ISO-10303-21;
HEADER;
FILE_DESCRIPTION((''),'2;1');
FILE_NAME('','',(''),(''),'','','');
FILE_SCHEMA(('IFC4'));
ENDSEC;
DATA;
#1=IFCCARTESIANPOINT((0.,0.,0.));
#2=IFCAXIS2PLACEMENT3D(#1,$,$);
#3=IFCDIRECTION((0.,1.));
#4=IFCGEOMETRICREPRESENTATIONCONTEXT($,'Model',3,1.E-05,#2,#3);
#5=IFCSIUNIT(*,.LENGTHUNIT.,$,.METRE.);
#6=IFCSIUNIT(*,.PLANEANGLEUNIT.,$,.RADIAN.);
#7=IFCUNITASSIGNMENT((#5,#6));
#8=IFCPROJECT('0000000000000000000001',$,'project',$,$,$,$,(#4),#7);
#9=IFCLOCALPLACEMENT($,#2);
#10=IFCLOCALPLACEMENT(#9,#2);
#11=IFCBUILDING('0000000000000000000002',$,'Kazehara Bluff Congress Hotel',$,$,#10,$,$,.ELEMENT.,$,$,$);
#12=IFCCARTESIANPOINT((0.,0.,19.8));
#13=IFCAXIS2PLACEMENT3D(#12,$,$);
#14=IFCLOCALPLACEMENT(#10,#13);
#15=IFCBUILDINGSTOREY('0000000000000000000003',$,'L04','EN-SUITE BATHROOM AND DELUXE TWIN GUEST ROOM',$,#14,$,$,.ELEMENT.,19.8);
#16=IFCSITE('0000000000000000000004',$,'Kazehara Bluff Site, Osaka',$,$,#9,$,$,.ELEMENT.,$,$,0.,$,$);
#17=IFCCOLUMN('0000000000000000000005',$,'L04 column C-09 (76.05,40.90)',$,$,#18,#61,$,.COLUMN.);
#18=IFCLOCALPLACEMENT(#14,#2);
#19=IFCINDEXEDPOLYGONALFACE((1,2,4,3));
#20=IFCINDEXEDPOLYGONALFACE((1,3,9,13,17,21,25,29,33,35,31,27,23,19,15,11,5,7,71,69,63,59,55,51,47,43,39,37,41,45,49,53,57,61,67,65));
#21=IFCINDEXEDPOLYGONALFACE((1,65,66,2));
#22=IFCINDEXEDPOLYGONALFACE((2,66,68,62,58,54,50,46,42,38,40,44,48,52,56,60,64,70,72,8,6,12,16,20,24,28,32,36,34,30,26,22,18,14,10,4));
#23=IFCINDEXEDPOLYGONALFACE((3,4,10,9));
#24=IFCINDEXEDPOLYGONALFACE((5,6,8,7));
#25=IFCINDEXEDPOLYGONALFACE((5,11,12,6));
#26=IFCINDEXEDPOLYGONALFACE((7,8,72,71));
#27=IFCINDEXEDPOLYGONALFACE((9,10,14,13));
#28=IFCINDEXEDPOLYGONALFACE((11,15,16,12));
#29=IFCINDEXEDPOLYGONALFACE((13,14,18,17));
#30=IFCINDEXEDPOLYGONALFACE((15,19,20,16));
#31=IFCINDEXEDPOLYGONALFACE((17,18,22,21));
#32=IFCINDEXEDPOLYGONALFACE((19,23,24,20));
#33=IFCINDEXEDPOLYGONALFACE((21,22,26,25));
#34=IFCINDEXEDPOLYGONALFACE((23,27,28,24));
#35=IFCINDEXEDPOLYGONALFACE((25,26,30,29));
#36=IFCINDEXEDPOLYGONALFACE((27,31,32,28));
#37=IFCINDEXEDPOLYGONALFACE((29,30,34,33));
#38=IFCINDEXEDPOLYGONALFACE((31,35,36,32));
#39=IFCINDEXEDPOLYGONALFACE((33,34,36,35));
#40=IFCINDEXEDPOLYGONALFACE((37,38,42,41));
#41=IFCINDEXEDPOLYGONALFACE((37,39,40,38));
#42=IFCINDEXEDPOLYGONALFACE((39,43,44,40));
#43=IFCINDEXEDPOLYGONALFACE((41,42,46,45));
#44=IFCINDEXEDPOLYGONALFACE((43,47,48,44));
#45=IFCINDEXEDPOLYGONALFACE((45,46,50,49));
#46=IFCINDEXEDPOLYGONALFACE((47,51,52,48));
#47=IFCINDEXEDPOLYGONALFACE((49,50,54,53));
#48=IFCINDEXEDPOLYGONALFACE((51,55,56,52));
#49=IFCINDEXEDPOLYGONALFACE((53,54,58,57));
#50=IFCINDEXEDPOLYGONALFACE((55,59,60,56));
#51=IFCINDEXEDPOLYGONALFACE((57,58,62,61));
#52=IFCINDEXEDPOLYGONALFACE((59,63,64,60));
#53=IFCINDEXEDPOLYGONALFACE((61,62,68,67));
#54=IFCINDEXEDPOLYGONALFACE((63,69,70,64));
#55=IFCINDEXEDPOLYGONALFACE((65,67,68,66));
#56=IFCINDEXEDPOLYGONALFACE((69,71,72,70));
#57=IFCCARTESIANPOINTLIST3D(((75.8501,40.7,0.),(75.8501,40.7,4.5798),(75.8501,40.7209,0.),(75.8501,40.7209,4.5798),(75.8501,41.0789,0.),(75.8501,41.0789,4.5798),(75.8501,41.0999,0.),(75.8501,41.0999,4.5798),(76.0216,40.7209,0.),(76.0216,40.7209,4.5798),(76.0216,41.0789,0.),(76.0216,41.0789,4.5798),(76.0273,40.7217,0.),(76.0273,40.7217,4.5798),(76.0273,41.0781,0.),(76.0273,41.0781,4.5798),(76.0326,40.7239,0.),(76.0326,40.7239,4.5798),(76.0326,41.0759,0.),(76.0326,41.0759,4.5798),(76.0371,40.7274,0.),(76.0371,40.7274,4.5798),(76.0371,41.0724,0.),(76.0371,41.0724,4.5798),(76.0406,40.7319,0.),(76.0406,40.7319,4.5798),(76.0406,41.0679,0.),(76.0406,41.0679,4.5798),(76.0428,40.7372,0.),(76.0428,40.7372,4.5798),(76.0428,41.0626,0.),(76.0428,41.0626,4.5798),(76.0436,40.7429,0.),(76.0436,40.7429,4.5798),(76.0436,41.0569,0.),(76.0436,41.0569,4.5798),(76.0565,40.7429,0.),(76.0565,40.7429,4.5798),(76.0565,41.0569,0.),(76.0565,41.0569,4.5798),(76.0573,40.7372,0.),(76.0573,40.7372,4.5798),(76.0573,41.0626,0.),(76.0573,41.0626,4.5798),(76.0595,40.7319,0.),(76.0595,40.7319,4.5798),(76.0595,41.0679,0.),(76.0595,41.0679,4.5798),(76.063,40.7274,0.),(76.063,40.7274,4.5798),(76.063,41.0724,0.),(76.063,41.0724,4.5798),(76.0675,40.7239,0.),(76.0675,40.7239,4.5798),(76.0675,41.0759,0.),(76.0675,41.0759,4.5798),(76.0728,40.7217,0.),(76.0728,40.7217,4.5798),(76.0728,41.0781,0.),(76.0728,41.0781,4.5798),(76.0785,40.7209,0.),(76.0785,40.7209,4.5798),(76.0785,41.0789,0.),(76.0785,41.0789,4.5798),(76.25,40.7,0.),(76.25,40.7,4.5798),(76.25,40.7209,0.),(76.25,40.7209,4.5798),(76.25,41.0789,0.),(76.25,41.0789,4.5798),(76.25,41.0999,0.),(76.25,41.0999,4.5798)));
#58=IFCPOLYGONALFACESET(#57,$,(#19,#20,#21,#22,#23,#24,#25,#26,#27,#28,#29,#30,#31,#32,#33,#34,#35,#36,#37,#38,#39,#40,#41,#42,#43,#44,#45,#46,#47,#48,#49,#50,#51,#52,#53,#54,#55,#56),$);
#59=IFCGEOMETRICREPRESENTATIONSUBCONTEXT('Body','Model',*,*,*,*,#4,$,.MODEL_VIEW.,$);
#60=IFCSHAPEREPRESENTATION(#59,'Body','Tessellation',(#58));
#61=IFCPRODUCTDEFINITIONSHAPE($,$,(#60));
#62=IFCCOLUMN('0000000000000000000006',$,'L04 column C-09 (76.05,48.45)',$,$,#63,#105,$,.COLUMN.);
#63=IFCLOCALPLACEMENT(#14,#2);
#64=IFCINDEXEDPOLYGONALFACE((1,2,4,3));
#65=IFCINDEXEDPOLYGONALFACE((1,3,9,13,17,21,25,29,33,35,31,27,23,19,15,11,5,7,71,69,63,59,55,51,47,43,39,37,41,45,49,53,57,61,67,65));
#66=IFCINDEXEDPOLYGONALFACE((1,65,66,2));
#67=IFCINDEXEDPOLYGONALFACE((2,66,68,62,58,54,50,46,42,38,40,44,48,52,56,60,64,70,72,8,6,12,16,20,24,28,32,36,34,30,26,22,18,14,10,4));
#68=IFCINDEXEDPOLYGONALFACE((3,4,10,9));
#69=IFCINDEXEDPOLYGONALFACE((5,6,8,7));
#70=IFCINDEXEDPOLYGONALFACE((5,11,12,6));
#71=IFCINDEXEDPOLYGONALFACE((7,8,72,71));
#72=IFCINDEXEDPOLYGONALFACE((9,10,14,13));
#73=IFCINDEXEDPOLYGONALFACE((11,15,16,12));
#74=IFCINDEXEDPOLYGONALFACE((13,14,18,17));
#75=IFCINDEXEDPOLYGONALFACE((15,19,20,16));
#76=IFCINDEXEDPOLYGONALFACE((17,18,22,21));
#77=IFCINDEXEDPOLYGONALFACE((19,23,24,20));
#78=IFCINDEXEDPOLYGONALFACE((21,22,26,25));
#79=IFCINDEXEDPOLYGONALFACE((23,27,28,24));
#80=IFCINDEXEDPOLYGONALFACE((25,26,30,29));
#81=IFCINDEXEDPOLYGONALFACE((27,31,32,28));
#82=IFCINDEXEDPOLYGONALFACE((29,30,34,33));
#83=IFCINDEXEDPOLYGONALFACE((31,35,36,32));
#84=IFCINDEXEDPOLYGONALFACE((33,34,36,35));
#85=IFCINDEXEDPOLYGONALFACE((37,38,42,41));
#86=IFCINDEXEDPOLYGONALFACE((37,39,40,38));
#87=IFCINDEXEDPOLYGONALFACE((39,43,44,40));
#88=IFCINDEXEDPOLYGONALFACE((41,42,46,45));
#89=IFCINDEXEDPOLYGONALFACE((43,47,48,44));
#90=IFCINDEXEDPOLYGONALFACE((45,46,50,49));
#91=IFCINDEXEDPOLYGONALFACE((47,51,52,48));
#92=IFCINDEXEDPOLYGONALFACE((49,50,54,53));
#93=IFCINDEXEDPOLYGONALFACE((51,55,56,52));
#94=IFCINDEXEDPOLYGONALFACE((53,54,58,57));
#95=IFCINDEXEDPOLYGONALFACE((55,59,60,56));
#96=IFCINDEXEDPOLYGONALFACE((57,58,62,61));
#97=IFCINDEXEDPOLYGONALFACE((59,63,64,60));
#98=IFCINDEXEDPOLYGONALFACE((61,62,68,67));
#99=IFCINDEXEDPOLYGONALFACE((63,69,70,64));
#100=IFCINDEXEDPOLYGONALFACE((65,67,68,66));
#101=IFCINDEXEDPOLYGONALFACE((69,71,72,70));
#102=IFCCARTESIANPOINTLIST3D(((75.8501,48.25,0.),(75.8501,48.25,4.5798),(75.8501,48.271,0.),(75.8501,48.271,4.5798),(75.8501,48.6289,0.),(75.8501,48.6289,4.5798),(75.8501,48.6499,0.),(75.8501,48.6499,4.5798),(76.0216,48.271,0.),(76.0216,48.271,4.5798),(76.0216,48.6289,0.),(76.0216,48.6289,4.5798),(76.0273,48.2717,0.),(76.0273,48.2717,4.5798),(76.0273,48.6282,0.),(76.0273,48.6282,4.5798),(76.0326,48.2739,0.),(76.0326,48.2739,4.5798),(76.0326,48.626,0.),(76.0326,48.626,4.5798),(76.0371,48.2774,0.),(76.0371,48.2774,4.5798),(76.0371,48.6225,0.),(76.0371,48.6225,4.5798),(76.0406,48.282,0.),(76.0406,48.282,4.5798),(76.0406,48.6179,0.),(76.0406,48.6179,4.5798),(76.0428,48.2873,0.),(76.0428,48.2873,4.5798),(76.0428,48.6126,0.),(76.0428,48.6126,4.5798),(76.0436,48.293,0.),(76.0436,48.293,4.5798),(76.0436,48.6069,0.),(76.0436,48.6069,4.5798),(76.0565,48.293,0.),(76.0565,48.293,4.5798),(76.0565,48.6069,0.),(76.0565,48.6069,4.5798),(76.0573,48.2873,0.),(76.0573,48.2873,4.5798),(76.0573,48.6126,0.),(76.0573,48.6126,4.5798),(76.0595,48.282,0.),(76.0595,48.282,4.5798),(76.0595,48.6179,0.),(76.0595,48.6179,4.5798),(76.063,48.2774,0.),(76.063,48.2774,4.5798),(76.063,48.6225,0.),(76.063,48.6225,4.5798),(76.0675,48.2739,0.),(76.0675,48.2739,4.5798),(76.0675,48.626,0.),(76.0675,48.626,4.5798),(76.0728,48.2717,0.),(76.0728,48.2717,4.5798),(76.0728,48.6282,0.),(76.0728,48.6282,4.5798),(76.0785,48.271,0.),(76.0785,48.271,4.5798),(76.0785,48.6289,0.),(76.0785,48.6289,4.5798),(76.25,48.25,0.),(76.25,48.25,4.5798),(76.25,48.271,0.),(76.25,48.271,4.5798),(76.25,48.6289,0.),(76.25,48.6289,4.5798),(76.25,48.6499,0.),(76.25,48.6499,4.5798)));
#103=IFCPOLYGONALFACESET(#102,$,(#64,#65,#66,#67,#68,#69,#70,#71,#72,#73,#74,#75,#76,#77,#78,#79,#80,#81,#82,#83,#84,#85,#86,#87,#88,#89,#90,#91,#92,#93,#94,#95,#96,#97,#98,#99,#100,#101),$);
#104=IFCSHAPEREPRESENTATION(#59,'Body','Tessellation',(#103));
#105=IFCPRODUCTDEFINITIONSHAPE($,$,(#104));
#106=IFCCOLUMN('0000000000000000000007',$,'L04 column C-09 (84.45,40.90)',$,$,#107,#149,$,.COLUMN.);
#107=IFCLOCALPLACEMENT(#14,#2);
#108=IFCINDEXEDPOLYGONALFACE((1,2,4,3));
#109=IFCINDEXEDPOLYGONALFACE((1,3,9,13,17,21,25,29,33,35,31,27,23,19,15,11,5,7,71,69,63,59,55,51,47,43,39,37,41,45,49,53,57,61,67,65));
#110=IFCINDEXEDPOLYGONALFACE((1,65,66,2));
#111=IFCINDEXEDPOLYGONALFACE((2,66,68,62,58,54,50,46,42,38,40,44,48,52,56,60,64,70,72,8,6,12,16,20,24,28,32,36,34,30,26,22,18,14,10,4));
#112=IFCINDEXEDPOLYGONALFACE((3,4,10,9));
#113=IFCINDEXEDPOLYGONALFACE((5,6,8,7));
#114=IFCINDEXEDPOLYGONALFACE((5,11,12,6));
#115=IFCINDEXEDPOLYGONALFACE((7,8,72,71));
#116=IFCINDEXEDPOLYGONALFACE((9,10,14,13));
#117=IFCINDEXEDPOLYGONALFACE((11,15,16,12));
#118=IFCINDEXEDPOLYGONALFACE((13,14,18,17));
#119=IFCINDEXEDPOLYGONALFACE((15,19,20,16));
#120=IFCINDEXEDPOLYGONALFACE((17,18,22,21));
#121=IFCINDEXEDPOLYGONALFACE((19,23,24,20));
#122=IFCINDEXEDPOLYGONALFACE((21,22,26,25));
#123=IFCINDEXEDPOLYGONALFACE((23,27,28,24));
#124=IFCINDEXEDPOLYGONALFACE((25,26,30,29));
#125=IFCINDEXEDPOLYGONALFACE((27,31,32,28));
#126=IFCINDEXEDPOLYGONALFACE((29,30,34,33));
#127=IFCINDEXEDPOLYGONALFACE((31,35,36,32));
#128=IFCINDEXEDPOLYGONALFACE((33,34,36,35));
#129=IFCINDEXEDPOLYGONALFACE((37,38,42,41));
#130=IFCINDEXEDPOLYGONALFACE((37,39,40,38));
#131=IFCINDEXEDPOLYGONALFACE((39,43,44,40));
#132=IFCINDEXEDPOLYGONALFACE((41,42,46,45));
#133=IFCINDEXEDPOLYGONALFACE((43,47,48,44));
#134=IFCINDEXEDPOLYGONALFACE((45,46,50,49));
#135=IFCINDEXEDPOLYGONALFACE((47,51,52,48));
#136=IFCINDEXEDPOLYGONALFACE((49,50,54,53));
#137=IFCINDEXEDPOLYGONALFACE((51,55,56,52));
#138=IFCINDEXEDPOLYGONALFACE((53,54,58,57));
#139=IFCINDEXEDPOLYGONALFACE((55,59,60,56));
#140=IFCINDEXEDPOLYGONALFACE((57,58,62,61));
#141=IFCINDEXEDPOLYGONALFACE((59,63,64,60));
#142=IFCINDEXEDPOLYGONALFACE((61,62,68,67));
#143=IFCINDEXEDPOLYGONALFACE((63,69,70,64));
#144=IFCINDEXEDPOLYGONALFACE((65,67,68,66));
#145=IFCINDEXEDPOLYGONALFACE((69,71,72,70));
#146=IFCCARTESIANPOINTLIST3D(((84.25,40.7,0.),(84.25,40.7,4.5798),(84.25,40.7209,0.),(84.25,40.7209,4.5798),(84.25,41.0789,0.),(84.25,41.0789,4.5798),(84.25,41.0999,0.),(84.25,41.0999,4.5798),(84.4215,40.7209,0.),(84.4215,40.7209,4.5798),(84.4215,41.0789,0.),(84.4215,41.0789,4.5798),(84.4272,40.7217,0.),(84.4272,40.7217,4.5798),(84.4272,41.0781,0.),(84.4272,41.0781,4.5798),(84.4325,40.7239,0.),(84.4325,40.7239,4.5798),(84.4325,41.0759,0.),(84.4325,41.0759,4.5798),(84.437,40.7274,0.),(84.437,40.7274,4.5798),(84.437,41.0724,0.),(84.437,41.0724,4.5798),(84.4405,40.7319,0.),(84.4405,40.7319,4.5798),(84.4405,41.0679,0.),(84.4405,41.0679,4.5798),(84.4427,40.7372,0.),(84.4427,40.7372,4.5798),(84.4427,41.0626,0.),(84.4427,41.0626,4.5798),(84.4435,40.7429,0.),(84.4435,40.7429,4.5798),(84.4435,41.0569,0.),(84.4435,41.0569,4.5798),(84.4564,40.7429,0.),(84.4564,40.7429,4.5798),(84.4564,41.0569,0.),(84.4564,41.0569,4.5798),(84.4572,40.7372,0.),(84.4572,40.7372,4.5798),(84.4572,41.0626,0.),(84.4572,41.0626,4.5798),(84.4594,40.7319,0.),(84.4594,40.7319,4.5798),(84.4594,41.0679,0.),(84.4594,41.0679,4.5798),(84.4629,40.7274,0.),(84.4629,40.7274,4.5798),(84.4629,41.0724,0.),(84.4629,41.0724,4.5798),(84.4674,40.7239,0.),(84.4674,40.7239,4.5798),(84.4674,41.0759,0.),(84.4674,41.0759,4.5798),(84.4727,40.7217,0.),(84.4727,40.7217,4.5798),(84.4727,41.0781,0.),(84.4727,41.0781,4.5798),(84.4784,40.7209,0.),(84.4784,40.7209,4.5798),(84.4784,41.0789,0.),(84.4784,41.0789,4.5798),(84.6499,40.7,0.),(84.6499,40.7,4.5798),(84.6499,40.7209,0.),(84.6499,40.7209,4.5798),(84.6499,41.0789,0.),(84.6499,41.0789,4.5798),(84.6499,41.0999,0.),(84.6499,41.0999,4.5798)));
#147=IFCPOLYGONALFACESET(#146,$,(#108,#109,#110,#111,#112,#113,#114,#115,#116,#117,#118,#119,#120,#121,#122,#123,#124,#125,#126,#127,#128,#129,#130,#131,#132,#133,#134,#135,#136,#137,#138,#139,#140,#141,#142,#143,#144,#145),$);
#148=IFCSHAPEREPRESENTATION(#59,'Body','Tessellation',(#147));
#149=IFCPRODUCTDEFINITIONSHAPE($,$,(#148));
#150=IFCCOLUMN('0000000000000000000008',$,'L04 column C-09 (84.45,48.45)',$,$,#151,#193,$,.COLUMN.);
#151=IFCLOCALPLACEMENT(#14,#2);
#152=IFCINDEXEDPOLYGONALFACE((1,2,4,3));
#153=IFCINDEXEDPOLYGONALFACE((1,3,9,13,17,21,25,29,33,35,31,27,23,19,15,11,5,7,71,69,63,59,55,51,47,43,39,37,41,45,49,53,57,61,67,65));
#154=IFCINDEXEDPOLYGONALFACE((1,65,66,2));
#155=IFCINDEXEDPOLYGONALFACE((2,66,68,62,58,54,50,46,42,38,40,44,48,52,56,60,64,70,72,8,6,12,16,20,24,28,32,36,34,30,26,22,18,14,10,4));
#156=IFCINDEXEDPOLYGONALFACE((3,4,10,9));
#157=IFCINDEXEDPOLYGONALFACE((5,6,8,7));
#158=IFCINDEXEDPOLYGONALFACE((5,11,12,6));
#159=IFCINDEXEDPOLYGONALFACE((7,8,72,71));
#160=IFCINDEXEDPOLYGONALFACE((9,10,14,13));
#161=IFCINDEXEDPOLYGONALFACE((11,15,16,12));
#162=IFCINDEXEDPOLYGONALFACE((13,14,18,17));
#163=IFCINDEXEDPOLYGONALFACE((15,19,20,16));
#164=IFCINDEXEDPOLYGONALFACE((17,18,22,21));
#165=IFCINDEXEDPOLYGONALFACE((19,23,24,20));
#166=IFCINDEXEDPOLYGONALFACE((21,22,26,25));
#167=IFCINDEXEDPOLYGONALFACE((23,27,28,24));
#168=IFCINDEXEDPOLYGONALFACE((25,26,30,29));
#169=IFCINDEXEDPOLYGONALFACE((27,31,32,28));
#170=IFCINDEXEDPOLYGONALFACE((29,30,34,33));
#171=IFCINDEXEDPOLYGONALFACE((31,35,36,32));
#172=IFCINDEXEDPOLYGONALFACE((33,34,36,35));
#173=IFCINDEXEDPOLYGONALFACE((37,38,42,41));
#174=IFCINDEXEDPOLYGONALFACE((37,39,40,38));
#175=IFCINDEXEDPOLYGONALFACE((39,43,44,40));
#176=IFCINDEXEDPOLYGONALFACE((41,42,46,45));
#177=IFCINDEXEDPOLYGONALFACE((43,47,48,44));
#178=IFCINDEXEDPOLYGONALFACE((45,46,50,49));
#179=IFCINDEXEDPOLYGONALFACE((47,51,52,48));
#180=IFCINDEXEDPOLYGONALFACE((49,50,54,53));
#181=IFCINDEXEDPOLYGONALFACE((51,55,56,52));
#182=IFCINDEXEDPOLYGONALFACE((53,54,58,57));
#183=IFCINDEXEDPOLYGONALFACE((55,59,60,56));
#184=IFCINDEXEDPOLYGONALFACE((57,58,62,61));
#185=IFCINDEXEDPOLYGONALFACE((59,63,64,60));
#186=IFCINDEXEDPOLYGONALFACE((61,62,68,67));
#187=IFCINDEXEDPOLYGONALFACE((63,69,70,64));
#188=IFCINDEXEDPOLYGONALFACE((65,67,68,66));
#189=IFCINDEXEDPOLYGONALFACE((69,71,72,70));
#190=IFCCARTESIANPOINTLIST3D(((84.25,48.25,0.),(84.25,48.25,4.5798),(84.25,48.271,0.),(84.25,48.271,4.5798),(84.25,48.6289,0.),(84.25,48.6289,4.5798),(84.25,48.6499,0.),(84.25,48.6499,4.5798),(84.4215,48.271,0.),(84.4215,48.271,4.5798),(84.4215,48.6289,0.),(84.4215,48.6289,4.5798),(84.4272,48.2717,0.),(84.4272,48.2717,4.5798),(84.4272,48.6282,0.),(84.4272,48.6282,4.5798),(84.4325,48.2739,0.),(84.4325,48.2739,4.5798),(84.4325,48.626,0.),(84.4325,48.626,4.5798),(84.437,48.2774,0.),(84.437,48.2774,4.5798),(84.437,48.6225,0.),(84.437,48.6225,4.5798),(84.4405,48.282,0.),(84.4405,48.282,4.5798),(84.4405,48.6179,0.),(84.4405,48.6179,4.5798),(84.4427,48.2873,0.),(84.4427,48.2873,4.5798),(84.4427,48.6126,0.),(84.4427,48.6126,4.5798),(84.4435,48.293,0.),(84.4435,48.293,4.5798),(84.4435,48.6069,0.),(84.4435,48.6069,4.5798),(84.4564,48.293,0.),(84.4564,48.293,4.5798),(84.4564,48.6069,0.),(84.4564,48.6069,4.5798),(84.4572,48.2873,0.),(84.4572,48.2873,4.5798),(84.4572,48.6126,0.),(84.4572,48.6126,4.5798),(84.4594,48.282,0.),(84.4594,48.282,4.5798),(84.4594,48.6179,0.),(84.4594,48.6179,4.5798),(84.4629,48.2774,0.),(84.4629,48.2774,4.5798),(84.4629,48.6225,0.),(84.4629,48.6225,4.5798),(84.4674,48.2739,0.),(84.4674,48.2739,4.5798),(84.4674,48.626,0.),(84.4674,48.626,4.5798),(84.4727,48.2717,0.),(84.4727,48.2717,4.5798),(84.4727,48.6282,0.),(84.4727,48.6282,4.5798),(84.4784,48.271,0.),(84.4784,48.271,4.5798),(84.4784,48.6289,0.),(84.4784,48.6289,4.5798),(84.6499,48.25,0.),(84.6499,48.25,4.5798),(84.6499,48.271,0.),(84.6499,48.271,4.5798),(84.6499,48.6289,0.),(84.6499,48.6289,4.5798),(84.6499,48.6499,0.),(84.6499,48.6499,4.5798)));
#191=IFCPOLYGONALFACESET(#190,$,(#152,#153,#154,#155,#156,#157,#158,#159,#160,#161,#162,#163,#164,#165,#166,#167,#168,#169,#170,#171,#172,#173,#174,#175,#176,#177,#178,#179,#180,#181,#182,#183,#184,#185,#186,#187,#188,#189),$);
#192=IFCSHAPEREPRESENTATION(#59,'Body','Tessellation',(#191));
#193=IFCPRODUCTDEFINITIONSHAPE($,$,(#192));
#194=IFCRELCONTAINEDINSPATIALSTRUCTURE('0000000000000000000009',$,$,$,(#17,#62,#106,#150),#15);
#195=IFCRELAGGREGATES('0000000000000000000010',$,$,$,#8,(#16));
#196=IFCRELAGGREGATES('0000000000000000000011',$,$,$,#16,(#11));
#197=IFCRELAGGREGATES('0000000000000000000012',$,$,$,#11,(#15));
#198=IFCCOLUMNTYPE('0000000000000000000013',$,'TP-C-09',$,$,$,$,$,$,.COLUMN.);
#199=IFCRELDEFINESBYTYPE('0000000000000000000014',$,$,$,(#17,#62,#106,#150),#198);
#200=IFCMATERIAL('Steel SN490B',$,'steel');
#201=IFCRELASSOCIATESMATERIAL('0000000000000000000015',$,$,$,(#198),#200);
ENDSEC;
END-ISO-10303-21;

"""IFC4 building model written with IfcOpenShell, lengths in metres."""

from ifc_helpers import new_model, si_unit, direction, frame, origin, origin_2d, place, context, subcontext, project, spatial, i_section, extrude, material, material_profile, profile_set, type_object, element, save


model = new_model("IFC4")

# Units and contexts
model_context = context("Model", 3, precision=1e-05, world=origin(), true_north=direction((0.0, 1.0)))
body_context = subcontext(model_context, "Body", "Model", "MODEL_VIEW")
ifc_project = project(units=[si_unit("LENGTHUNIT", "METRE"), si_unit("PLANEANGLEUNIT", "RADIAN")], contexts=[model_context])

# Site, building, storey
site_placement = place(None, origin())
site = spatial("IfcSite", under=ifc_project, at=site_placement, Name="Kazehara Bluff Site, Osaka", CompositionType="ELEMENT", RefElevation=0.0)
building_placement = place(site_placement, origin())
building = spatial("IfcBuilding", under=site, at=building_placement, Name="Kazehara Bluff Congress Hotel", CompositionType="ELEMENT")
storey_placement = place(building_placement, frame((0.0, 0.0, 19.8)))
storey = spatial("IfcBuildingStorey", under=building, at=storey_placement, Name="L04", Description="EN-SUITE BATHROOM AND DELUXE TWIN GUEST ROOM", CompositionType="ELEMENT", Elevation=19.8)

# Columns
ifc_material_1 = material(Name="Steel SN490B", Category="steel")
ifc_material_profile_1 = material_profile(ifc_material_1, i_section(OverallWidth=0.3999, OverallDepth=0.3999, WebThickness=0.0129, FlangeThickness=0.021, FilletRadius=0.022, at=origin_2d()))
ifc_profile_set_1 = profile_set([ifc_material_profile_1], Name="Steel SN490B")
column_type = type_object("IfcColumnType", Name="TP-C-09", PredefinedType="COLUMN", material=ifc_profile_set_1)
for number, where, z_axis, x_axis, name in (
    (1, (76.05, 40.8999, 0.0), (0.0, 0.0, 1.0), (1.0, 0.0, 0.0), "L04 column C-09 (76.05,40.90)"),
    (2, (76.05, 48.45, 0.0), (0.0, 0.0, 1.0), (1.0, 0.0, 0.0), "L04 column C-09 (76.05,48.45)"),
    (3, (84.45, 40.8999, 0.0), (0.0, 0.0, 1.0), (1.0, 0.0, 0.0), "L04 column C-09 (84.45,40.90)"),
    (4, (84.45, 48.45, 0.0), (0.0, 0.0, 1.0), (1.0, 0.0, 0.0), "L04 column C-09 (84.45,48.45)"),
):
    element("IfcColumn", number, at=place(storey_placement, frame(where, z_axis=z_axis, x_axis=x_axis)), inside=storey, type_object=column_type, Name=name, PredefinedType="COLUMN", context=body_context, shape_type="SweptSolid", body=[
        extrude(i_section(OverallWidth=0.3999, OverallDepth=0.3999, WebThickness=0.0129, FlangeThickness=0.021, FilletRadius=0.022, at=origin_2d()), origin(), (0.0, 0.0, 1.0), 4.5798),
    ])

save(model, "model.ifc")
